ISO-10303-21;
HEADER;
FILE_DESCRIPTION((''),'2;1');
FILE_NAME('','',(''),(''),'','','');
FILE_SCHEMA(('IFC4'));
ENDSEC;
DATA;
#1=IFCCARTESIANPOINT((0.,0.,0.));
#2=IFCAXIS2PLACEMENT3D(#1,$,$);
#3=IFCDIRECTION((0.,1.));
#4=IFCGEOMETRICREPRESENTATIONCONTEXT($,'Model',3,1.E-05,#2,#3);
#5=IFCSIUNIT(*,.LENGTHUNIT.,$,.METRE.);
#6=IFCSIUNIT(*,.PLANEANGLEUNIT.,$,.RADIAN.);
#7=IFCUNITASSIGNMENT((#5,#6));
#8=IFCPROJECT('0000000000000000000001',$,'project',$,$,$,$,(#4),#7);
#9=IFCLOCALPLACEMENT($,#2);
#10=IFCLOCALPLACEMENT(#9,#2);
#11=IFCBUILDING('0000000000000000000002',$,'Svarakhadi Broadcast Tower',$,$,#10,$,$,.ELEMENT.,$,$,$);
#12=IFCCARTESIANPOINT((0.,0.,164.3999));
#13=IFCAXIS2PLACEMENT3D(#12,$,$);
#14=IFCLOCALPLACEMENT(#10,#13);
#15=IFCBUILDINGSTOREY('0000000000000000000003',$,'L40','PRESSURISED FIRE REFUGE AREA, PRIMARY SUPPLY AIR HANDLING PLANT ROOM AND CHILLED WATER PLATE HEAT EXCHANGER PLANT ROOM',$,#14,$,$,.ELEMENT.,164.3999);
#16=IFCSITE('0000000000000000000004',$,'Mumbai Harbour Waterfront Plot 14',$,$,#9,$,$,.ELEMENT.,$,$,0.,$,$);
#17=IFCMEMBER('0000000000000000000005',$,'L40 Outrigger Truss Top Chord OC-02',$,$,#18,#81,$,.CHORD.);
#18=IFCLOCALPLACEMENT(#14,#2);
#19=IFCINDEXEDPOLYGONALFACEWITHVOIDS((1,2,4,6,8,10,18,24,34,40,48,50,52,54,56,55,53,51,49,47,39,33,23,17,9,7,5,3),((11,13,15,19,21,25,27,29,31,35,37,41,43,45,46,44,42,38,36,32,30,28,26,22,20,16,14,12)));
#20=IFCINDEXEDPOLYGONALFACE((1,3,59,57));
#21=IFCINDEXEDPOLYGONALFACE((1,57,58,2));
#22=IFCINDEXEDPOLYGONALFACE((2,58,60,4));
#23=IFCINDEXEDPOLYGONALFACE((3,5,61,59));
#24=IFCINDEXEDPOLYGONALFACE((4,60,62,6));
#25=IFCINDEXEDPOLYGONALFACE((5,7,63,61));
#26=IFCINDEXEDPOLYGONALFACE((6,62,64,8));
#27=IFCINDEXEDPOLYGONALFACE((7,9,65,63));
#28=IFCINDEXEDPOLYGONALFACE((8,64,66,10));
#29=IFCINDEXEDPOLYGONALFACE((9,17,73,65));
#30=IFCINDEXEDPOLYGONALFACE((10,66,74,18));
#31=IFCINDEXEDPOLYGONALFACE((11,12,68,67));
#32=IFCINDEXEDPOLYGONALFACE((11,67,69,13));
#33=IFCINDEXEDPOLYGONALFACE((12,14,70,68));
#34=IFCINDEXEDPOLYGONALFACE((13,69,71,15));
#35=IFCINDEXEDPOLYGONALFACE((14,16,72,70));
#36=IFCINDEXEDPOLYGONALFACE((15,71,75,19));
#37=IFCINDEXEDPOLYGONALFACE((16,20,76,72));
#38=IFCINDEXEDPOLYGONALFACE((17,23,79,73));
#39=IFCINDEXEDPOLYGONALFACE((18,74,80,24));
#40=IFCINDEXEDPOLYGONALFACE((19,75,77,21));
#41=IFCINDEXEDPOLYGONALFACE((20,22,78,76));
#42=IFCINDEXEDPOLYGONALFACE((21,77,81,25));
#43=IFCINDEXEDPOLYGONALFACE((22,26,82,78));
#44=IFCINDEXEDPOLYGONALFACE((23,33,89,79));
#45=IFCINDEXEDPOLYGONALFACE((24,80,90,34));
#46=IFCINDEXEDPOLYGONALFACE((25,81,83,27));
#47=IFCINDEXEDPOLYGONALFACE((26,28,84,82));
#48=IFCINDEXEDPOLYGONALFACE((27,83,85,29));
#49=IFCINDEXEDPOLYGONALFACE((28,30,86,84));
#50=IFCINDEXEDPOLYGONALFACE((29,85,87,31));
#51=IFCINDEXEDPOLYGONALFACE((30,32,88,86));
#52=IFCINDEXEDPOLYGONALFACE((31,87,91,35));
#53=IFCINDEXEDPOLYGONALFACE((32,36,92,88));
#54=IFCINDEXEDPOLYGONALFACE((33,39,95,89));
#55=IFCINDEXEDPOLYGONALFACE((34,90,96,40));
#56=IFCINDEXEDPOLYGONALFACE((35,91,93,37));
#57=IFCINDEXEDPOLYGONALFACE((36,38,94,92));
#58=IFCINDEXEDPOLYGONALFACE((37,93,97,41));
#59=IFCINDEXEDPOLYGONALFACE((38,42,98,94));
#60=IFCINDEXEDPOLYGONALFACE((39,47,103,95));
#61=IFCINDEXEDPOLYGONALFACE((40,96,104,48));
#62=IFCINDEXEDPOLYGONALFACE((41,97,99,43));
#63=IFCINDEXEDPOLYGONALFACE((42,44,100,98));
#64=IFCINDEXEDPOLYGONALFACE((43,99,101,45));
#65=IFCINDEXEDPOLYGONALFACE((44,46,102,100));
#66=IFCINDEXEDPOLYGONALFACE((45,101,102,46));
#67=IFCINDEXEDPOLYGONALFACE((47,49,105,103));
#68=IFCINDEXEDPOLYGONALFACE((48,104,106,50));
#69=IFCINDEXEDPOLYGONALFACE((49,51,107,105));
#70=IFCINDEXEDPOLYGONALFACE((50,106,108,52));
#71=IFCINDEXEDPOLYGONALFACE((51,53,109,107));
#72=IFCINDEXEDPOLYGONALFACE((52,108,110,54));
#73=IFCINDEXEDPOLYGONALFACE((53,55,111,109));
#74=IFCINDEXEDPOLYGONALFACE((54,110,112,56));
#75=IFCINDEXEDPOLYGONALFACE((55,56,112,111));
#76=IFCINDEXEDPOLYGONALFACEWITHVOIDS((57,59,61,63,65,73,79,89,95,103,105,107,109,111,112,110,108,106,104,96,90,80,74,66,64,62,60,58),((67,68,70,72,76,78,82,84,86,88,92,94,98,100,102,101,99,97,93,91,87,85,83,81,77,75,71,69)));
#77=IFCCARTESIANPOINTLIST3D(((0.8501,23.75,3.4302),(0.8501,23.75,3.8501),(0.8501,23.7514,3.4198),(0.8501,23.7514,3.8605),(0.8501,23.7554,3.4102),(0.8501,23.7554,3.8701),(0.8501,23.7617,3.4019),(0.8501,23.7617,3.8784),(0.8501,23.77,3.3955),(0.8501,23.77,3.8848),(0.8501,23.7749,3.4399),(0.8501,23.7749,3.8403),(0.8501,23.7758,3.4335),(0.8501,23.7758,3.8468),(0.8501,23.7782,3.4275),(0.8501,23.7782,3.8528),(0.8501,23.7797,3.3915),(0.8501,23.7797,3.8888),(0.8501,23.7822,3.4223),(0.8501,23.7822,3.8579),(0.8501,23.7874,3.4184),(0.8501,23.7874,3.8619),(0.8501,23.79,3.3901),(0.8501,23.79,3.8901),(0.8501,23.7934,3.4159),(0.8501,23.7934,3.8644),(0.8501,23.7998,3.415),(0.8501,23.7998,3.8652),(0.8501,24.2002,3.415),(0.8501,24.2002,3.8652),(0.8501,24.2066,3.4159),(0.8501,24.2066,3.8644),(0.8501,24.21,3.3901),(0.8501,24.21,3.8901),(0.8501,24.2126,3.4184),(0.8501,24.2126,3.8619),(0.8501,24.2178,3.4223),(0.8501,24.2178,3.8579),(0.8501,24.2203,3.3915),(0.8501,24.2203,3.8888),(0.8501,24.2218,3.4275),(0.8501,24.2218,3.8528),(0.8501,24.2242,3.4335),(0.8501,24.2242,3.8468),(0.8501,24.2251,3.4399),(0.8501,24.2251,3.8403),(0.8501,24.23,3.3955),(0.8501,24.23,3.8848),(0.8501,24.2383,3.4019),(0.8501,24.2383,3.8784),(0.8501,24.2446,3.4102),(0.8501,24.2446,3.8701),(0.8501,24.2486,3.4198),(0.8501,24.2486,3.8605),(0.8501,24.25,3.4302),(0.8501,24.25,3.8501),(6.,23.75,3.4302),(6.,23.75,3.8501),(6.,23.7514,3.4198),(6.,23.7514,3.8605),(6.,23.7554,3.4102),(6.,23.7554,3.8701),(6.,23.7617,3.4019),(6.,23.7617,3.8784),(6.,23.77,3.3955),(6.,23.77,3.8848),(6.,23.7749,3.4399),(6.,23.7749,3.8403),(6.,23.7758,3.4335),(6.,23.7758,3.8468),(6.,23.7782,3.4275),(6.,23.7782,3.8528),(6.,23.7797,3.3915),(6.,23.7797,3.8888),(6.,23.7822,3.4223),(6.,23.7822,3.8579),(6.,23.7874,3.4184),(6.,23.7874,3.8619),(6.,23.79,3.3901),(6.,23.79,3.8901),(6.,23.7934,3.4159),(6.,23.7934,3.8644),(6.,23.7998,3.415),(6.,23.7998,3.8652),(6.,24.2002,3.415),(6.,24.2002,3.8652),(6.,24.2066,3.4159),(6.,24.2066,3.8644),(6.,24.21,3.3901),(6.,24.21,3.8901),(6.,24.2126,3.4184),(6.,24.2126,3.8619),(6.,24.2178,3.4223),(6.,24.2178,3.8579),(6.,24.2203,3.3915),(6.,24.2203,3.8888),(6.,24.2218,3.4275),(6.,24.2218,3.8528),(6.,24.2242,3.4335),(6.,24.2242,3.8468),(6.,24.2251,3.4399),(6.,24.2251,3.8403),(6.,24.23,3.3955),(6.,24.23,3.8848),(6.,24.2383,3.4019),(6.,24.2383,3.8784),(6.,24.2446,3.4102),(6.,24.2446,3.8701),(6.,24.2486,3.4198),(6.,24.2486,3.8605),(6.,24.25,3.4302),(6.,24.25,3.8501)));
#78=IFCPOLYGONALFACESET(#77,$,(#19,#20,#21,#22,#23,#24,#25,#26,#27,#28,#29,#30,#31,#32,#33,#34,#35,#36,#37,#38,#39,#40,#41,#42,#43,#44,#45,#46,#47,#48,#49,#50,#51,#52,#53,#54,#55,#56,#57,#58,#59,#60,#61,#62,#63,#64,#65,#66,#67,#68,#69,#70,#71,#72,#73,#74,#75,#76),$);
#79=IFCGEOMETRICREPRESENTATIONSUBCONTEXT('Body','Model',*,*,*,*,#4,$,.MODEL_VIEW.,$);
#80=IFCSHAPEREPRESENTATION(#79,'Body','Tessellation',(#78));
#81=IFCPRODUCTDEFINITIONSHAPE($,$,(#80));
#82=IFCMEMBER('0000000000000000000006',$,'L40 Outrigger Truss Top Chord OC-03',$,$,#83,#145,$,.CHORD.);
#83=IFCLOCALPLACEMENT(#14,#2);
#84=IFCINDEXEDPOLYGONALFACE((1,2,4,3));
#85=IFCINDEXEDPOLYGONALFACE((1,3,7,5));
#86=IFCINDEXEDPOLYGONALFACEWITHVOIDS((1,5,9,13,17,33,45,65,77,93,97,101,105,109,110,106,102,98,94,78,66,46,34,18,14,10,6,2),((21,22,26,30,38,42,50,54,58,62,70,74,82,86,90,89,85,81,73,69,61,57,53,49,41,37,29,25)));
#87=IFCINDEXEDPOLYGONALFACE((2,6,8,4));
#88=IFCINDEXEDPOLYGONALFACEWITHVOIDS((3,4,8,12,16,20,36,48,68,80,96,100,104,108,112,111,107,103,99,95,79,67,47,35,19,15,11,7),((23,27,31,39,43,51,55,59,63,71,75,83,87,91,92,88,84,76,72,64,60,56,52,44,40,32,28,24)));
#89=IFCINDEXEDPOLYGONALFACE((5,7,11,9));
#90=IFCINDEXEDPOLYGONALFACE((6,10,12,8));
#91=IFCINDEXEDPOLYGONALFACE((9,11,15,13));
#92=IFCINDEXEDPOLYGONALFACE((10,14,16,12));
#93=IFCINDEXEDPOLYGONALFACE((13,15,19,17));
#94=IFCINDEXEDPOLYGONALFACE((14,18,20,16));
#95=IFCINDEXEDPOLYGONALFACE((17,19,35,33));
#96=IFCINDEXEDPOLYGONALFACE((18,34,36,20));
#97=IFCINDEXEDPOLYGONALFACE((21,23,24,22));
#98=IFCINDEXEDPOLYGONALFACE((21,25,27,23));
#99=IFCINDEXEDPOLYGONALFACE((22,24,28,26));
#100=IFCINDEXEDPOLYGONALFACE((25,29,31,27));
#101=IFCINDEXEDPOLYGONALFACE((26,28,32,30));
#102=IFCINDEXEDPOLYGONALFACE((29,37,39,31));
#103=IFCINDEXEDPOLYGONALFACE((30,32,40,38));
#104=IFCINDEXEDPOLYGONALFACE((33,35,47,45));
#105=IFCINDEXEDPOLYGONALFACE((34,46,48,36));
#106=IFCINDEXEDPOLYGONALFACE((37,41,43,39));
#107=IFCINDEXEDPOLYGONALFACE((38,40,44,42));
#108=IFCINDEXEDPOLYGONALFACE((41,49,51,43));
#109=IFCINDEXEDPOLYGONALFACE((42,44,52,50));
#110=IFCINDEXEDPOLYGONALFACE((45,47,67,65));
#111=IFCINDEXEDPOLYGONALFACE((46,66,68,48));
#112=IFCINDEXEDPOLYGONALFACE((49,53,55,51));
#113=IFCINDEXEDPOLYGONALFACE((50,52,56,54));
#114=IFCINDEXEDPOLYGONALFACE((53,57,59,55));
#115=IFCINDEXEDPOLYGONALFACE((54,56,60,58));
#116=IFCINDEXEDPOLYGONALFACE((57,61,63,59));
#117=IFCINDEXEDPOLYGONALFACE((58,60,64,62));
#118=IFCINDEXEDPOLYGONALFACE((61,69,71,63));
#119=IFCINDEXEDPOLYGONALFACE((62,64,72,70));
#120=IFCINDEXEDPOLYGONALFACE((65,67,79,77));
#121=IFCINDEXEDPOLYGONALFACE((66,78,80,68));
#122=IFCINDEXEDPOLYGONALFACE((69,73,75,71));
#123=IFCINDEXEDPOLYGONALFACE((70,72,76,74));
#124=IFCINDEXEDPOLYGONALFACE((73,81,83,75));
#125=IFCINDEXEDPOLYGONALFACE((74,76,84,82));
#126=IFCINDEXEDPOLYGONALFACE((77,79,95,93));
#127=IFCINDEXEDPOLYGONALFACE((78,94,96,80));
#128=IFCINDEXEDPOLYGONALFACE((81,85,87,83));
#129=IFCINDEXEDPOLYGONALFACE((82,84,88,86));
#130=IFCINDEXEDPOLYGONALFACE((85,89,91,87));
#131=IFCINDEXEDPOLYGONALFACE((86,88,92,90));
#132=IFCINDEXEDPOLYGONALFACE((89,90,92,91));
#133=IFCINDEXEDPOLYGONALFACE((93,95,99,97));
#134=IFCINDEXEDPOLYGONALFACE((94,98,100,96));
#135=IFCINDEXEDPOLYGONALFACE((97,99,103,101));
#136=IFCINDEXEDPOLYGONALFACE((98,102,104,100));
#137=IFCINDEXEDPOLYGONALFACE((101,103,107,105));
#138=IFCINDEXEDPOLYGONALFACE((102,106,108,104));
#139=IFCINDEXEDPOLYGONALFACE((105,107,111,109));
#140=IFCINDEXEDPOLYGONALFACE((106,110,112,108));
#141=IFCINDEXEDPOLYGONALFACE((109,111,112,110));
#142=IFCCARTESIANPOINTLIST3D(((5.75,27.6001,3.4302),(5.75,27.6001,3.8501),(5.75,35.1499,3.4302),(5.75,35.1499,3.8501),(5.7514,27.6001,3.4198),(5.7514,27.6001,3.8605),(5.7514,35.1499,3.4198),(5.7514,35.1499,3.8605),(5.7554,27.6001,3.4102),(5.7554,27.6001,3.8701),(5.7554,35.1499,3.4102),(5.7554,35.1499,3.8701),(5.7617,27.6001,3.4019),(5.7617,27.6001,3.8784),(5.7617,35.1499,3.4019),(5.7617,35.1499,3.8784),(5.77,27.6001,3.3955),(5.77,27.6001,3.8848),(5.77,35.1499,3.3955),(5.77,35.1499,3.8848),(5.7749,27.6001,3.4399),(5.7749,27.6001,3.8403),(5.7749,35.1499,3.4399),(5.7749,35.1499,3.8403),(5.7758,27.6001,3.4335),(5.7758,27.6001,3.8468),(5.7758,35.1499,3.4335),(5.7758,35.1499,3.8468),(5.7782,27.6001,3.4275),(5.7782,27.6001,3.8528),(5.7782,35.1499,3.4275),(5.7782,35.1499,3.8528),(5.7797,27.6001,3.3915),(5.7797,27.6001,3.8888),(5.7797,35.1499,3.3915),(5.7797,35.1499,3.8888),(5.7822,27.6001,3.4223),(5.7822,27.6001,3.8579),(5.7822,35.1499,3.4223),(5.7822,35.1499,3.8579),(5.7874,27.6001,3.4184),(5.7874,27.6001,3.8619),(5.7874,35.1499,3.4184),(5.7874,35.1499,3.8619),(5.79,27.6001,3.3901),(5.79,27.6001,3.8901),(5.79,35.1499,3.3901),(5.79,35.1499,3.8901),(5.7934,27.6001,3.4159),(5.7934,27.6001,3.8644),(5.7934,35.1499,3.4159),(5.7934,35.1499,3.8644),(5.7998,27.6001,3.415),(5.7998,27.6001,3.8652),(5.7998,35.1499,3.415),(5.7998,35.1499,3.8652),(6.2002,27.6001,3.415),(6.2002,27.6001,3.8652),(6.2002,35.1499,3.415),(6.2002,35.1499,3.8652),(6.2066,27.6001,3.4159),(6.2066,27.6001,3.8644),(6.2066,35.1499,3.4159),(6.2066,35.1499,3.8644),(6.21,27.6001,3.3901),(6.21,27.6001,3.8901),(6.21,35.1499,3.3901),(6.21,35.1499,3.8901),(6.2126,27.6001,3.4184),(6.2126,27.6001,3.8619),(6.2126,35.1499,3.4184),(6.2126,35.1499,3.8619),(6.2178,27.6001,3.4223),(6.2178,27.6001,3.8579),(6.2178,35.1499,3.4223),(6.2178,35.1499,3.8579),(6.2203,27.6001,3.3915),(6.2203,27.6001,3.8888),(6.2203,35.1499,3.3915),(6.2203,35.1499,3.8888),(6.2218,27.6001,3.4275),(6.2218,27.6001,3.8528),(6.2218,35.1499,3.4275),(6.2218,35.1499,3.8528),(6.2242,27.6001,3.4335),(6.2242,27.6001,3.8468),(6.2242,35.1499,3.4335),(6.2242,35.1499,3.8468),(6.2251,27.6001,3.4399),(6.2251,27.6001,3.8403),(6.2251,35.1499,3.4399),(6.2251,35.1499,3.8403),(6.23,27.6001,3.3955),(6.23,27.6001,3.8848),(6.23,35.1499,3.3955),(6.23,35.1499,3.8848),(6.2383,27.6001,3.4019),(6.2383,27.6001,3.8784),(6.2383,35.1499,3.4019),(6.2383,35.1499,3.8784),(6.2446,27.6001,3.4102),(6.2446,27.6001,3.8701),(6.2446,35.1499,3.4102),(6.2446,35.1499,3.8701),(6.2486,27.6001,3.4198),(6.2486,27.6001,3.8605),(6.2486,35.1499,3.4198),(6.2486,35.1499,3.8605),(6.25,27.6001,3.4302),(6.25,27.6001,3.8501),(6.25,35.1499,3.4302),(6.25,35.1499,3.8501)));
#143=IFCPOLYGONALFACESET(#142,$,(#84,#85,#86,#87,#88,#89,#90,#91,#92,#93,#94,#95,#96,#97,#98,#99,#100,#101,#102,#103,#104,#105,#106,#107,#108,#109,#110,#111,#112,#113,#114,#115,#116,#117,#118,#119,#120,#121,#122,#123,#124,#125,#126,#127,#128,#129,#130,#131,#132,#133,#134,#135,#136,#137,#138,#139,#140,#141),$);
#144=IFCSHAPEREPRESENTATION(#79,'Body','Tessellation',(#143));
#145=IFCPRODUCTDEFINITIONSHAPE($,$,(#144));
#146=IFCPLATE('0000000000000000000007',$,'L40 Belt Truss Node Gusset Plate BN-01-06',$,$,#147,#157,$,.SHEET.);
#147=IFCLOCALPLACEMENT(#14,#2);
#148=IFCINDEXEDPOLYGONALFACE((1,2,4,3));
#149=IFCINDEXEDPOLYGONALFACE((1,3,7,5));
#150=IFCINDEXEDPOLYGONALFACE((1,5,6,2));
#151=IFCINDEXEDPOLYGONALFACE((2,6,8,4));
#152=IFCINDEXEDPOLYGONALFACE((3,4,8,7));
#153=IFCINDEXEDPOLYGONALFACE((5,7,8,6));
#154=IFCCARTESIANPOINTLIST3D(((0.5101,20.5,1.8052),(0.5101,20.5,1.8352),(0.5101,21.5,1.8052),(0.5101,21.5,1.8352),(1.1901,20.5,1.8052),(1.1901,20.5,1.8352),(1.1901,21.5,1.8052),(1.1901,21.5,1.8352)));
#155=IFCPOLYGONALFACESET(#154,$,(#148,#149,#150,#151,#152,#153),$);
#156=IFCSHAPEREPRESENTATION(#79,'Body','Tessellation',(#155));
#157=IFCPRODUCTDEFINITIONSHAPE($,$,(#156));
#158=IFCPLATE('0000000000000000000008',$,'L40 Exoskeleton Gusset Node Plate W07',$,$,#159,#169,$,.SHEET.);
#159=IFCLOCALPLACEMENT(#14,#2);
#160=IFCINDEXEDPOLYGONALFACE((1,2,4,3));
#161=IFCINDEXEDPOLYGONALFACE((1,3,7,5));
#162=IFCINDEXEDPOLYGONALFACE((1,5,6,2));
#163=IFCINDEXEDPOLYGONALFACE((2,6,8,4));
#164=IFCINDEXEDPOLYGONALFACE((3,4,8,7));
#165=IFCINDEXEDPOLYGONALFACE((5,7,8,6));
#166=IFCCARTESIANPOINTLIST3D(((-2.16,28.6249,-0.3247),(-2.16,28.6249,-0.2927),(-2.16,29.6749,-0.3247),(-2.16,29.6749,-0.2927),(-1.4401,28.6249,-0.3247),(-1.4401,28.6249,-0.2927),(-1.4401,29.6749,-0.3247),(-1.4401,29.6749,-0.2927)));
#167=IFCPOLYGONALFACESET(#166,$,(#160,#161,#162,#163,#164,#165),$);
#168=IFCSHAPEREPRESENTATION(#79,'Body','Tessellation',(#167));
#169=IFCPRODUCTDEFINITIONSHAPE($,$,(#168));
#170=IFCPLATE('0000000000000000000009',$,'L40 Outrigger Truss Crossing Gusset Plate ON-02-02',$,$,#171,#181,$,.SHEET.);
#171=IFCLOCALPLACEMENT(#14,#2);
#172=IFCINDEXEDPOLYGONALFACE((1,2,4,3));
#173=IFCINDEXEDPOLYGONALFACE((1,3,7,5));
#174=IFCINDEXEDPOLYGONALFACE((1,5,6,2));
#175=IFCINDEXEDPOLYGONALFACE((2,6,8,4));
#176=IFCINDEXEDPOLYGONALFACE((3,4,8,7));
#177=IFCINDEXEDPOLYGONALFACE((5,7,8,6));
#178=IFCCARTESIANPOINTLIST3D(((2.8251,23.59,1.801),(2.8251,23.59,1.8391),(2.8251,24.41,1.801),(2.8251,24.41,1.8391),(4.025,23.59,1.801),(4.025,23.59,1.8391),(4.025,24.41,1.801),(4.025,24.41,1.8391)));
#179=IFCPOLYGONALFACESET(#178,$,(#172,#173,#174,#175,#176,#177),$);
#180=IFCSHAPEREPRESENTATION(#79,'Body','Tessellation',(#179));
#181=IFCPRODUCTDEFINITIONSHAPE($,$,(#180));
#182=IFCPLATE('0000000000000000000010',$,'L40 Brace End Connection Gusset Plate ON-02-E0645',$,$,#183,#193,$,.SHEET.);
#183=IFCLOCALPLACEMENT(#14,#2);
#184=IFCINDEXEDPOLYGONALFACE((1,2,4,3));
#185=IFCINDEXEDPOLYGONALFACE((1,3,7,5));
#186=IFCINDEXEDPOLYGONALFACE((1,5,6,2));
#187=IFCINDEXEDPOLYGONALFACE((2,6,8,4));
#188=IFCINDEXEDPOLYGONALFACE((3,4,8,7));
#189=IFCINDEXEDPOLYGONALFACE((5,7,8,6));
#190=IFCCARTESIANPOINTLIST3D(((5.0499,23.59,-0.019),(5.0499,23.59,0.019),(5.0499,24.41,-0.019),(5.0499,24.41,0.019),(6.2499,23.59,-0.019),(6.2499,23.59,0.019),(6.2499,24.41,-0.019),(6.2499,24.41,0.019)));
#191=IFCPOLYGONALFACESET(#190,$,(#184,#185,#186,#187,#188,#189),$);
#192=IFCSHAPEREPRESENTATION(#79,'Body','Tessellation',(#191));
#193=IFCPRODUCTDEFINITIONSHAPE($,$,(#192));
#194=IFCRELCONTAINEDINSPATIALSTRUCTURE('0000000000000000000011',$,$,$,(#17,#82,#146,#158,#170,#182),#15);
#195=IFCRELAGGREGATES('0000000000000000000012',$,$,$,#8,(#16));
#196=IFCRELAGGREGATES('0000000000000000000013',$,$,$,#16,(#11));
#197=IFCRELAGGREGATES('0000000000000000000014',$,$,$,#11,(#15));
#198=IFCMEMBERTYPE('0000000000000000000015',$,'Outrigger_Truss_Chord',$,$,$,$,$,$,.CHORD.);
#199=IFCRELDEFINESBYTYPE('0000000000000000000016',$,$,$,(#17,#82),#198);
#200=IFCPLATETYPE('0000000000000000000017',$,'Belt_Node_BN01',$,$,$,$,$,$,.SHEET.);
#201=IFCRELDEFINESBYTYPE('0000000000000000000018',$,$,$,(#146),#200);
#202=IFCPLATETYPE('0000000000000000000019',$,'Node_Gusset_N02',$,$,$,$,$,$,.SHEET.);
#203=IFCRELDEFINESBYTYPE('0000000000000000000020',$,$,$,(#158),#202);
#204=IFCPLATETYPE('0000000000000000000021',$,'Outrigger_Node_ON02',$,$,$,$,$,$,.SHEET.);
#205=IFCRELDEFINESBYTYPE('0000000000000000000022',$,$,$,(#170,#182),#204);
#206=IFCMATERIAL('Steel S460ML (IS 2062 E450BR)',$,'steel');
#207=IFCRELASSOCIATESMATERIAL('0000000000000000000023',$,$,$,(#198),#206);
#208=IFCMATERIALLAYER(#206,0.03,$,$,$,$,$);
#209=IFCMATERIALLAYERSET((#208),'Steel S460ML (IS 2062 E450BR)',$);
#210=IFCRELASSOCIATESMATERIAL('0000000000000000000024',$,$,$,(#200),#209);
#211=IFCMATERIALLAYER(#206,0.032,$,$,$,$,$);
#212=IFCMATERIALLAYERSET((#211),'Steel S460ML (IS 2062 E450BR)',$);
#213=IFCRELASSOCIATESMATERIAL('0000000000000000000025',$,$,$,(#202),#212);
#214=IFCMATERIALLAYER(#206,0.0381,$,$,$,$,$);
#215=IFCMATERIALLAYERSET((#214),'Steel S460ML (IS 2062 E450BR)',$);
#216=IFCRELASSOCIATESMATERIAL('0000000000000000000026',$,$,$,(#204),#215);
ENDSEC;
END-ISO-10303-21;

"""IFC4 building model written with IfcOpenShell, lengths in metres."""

from ifc_helpers import new_model, si_unit, direction, frame, origin, origin_2d, place, context, subcontext, project, spatial, rectangle, hollow_rectangle, extrude, material, layer, layer_set, material_profile, profile_set, type_object, element, save


model = new_model("IFC4")

# Units and contexts
model_context = context("Model", 3, precision=1e-05, world=origin(), true_north=direction((0.0, 1.0)))
body_context = subcontext(model_context, "Body", "Model", "MODEL_VIEW")
ifc_project = project(units=[si_unit("LENGTHUNIT", "METRE"), si_unit("PLANEANGLEUNIT", "RADIAN")], contexts=[model_context])

# Site, building, storey
site_placement = place(None, origin())
site = spatial("IfcSite", under=ifc_project, at=site_placement, Name="Mumbai Harbour Waterfront Plot 14", CompositionType="ELEMENT", RefElevation=0.0)
building_placement = place(site_placement, origin())
building = spatial("IfcBuilding", under=site, at=building_placement, Name="Svarakhadi Broadcast Tower", CompositionType="ELEMENT")
storey_placement = place(building_placement, frame((0.0, 0.0, 164.3999)))
storey = spatial("IfcBuildingStorey", under=building, at=storey_placement, Name="L40", Description="PRESSURISED FIRE REFUGE AREA, PRIMARY SUPPLY AIR HANDLING PLANT ROOM AND CHILLED WATER PLATE HEAT EXCHANGER PLANT ROOM", CompositionType="ELEMENT", Elevation=164.3999)

# Shared definitions
ifc_material_1 = material(Name="Steel S460ML (IS 2062 E450BR)", Category="steel")

# Members
ifc_material_profile_1 = material_profile(ifc_material_1, hollow_rectangle(XDim=0.5, YDim=0.5, WallThickness=0.0249, InnerFilletRadius=0.0249, OuterFilletRadius=0.04, at=origin_2d()), Name="SHS 500x500x25")
ifc_profile_set_1 = profile_set([ifc_material_profile_1], Name="Steel S460ML (IS 2062 E450BR)")
member_type_1 = type_object("IfcMemberType", Name="Outrigger_Truss_Chord", PredefinedType="CHORD", material=ifc_profile_set_1)
member_1_placement = place(storey_placement, frame((6.0, 24.0, 3.6401), z_axis=(-1.0, 0.0, 0.0), x_axis=(0.0, -1.0, 0.0)))
element("IfcMember", 1, at=member_1_placement, inside=storey, type_object=member_type_1, Name="L40 Outrigger Truss Top Chord OC-02", PredefinedType="CHORD", context=body_context, shape_type="SweptSolid", body=[
    extrude(hollow_rectangle(XDim=0.5, YDim=0.5, WallThickness=0.0249, InnerFilletRadius=0.0249, OuterFilletRadius=0.04, at=origin_2d()), origin(), (0.0, 0.0, 1.0), 5.1499),
])
member_2_placement = place(storey_placement, frame((6.0, 27.6001, 3.6401), z_axis=(0.0, 1.0, 0.0), x_axis=(-1.0, 0.0, 0.0)))
element("IfcMember", 2, at=member_2_placement, inside=storey, type_object=member_type_1, Name="L40 Outrigger Truss Top Chord OC-03", PredefinedType="CHORD", context=body_context, shape_type="SweptSolid", body=[
    extrude(hollow_rectangle(XDim=0.5, YDim=0.5, WallThickness=0.0249, InnerFilletRadius=0.0249, OuterFilletRadius=0.04, at=origin_2d()), origin(), (0.0, 0.0, 1.0), 7.5498),
])

# Plates
ifc_layer_1 = layer(ifc_material_1, 0.03)
ifc_layer_set_1 = layer_set([ifc_layer_1], Name="Steel S460ML (IS 2062 E450BR)")
plate_type_1 = type_object("IfcPlateType", Name="Belt_Node_BN01", PredefinedType="SHEET", material=ifc_layer_set_1)
plate_1_placement = place(storey_placement, frame((0.8501, 21.0, 1.8052), z_axis=(0.0, 0.0, 1.0), x_axis=(0.0, 1.0, 0.0)))
element("IfcPlate", 3, at=plate_1_placement, inside=storey, type_object=plate_type_1, Name="L40 Belt Truss Node Gusset Plate BN-01-06", PredefinedType="SHEET", context=body_context, shape_type="SweptSolid", body=[
    extrude(rectangle(XDim=1.0, YDim=0.6799, at=origin_2d()), origin(), (0.0, 0.0, 1.0), 0.03),
])
ifc_layer_2 = layer(ifc_material_1, 0.032)
ifc_layer_set_2 = layer_set([ifc_layer_2], Name="Steel S460ML (IS 2062 E450BR)")
plate_type_2 = type_object("IfcPlateType", Name="Node_Gusset_N02", PredefinedType="SHEET", material=ifc_layer_set_2)
plate_2_placement = place(storey_placement, frame((-1.8, 29.1499, -0.3247), z_axis=(0.0, 0.0, 1.0), x_axis=(0.0, 1.0, 0.0)))
element("IfcPlate", 4, at=plate_2_placement, inside=storey, type_object=plate_type_2, Name="L40 Exoskeleton Gusset Node Plate W07", PredefinedType="SHEET", context=body_context, shape_type="SweptSolid", body=[
    extrude(rectangle(XDim=1.05, YDim=0.72, at=origin_2d()), origin(), (0.0, 0.0, 1.0), 0.032),
])
ifc_layer_3 = layer(ifc_material_1, 0.0381)
ifc_layer_set_3 = layer_set([ifc_layer_3], Name="Steel S460ML (IS 2062 E450BR)")
plate_type_3 = type_object("IfcPlateType", Name="Outrigger_Node_ON02", PredefinedType="SHEET", material=ifc_layer_set_3)
for number, where, z_axis, x_axis, name in (
    (5, (3.425, 24.0, 1.801), (0.0, 0.0, 1.0), (1.0, 0.0, 0.0), "L40 Outrigger Truss Crossing Gusset Plate ON-02-02"),
    (6, (5.6499, 24.0, -0.019), (0.0, 0.0, 1.0), (1.0, 0.0, 0.0), "L40 Brace End Connection Gusset Plate ON-02-E0645"),
):
    element("IfcPlate", number, at=place(storey_placement, frame(where, z_axis=z_axis, x_axis=x_axis)), inside=storey, type_object=plate_type_3, Name=name, PredefinedType="SHEET", context=body_context, shape_type="SweptSolid", body=[
        extrude(rectangle(XDim=1.2, YDim=0.8201, at=origin_2d()), origin(), (0.0, 0.0, 1.0), 0.0381),
    ])

save(model, "model.ifc")
